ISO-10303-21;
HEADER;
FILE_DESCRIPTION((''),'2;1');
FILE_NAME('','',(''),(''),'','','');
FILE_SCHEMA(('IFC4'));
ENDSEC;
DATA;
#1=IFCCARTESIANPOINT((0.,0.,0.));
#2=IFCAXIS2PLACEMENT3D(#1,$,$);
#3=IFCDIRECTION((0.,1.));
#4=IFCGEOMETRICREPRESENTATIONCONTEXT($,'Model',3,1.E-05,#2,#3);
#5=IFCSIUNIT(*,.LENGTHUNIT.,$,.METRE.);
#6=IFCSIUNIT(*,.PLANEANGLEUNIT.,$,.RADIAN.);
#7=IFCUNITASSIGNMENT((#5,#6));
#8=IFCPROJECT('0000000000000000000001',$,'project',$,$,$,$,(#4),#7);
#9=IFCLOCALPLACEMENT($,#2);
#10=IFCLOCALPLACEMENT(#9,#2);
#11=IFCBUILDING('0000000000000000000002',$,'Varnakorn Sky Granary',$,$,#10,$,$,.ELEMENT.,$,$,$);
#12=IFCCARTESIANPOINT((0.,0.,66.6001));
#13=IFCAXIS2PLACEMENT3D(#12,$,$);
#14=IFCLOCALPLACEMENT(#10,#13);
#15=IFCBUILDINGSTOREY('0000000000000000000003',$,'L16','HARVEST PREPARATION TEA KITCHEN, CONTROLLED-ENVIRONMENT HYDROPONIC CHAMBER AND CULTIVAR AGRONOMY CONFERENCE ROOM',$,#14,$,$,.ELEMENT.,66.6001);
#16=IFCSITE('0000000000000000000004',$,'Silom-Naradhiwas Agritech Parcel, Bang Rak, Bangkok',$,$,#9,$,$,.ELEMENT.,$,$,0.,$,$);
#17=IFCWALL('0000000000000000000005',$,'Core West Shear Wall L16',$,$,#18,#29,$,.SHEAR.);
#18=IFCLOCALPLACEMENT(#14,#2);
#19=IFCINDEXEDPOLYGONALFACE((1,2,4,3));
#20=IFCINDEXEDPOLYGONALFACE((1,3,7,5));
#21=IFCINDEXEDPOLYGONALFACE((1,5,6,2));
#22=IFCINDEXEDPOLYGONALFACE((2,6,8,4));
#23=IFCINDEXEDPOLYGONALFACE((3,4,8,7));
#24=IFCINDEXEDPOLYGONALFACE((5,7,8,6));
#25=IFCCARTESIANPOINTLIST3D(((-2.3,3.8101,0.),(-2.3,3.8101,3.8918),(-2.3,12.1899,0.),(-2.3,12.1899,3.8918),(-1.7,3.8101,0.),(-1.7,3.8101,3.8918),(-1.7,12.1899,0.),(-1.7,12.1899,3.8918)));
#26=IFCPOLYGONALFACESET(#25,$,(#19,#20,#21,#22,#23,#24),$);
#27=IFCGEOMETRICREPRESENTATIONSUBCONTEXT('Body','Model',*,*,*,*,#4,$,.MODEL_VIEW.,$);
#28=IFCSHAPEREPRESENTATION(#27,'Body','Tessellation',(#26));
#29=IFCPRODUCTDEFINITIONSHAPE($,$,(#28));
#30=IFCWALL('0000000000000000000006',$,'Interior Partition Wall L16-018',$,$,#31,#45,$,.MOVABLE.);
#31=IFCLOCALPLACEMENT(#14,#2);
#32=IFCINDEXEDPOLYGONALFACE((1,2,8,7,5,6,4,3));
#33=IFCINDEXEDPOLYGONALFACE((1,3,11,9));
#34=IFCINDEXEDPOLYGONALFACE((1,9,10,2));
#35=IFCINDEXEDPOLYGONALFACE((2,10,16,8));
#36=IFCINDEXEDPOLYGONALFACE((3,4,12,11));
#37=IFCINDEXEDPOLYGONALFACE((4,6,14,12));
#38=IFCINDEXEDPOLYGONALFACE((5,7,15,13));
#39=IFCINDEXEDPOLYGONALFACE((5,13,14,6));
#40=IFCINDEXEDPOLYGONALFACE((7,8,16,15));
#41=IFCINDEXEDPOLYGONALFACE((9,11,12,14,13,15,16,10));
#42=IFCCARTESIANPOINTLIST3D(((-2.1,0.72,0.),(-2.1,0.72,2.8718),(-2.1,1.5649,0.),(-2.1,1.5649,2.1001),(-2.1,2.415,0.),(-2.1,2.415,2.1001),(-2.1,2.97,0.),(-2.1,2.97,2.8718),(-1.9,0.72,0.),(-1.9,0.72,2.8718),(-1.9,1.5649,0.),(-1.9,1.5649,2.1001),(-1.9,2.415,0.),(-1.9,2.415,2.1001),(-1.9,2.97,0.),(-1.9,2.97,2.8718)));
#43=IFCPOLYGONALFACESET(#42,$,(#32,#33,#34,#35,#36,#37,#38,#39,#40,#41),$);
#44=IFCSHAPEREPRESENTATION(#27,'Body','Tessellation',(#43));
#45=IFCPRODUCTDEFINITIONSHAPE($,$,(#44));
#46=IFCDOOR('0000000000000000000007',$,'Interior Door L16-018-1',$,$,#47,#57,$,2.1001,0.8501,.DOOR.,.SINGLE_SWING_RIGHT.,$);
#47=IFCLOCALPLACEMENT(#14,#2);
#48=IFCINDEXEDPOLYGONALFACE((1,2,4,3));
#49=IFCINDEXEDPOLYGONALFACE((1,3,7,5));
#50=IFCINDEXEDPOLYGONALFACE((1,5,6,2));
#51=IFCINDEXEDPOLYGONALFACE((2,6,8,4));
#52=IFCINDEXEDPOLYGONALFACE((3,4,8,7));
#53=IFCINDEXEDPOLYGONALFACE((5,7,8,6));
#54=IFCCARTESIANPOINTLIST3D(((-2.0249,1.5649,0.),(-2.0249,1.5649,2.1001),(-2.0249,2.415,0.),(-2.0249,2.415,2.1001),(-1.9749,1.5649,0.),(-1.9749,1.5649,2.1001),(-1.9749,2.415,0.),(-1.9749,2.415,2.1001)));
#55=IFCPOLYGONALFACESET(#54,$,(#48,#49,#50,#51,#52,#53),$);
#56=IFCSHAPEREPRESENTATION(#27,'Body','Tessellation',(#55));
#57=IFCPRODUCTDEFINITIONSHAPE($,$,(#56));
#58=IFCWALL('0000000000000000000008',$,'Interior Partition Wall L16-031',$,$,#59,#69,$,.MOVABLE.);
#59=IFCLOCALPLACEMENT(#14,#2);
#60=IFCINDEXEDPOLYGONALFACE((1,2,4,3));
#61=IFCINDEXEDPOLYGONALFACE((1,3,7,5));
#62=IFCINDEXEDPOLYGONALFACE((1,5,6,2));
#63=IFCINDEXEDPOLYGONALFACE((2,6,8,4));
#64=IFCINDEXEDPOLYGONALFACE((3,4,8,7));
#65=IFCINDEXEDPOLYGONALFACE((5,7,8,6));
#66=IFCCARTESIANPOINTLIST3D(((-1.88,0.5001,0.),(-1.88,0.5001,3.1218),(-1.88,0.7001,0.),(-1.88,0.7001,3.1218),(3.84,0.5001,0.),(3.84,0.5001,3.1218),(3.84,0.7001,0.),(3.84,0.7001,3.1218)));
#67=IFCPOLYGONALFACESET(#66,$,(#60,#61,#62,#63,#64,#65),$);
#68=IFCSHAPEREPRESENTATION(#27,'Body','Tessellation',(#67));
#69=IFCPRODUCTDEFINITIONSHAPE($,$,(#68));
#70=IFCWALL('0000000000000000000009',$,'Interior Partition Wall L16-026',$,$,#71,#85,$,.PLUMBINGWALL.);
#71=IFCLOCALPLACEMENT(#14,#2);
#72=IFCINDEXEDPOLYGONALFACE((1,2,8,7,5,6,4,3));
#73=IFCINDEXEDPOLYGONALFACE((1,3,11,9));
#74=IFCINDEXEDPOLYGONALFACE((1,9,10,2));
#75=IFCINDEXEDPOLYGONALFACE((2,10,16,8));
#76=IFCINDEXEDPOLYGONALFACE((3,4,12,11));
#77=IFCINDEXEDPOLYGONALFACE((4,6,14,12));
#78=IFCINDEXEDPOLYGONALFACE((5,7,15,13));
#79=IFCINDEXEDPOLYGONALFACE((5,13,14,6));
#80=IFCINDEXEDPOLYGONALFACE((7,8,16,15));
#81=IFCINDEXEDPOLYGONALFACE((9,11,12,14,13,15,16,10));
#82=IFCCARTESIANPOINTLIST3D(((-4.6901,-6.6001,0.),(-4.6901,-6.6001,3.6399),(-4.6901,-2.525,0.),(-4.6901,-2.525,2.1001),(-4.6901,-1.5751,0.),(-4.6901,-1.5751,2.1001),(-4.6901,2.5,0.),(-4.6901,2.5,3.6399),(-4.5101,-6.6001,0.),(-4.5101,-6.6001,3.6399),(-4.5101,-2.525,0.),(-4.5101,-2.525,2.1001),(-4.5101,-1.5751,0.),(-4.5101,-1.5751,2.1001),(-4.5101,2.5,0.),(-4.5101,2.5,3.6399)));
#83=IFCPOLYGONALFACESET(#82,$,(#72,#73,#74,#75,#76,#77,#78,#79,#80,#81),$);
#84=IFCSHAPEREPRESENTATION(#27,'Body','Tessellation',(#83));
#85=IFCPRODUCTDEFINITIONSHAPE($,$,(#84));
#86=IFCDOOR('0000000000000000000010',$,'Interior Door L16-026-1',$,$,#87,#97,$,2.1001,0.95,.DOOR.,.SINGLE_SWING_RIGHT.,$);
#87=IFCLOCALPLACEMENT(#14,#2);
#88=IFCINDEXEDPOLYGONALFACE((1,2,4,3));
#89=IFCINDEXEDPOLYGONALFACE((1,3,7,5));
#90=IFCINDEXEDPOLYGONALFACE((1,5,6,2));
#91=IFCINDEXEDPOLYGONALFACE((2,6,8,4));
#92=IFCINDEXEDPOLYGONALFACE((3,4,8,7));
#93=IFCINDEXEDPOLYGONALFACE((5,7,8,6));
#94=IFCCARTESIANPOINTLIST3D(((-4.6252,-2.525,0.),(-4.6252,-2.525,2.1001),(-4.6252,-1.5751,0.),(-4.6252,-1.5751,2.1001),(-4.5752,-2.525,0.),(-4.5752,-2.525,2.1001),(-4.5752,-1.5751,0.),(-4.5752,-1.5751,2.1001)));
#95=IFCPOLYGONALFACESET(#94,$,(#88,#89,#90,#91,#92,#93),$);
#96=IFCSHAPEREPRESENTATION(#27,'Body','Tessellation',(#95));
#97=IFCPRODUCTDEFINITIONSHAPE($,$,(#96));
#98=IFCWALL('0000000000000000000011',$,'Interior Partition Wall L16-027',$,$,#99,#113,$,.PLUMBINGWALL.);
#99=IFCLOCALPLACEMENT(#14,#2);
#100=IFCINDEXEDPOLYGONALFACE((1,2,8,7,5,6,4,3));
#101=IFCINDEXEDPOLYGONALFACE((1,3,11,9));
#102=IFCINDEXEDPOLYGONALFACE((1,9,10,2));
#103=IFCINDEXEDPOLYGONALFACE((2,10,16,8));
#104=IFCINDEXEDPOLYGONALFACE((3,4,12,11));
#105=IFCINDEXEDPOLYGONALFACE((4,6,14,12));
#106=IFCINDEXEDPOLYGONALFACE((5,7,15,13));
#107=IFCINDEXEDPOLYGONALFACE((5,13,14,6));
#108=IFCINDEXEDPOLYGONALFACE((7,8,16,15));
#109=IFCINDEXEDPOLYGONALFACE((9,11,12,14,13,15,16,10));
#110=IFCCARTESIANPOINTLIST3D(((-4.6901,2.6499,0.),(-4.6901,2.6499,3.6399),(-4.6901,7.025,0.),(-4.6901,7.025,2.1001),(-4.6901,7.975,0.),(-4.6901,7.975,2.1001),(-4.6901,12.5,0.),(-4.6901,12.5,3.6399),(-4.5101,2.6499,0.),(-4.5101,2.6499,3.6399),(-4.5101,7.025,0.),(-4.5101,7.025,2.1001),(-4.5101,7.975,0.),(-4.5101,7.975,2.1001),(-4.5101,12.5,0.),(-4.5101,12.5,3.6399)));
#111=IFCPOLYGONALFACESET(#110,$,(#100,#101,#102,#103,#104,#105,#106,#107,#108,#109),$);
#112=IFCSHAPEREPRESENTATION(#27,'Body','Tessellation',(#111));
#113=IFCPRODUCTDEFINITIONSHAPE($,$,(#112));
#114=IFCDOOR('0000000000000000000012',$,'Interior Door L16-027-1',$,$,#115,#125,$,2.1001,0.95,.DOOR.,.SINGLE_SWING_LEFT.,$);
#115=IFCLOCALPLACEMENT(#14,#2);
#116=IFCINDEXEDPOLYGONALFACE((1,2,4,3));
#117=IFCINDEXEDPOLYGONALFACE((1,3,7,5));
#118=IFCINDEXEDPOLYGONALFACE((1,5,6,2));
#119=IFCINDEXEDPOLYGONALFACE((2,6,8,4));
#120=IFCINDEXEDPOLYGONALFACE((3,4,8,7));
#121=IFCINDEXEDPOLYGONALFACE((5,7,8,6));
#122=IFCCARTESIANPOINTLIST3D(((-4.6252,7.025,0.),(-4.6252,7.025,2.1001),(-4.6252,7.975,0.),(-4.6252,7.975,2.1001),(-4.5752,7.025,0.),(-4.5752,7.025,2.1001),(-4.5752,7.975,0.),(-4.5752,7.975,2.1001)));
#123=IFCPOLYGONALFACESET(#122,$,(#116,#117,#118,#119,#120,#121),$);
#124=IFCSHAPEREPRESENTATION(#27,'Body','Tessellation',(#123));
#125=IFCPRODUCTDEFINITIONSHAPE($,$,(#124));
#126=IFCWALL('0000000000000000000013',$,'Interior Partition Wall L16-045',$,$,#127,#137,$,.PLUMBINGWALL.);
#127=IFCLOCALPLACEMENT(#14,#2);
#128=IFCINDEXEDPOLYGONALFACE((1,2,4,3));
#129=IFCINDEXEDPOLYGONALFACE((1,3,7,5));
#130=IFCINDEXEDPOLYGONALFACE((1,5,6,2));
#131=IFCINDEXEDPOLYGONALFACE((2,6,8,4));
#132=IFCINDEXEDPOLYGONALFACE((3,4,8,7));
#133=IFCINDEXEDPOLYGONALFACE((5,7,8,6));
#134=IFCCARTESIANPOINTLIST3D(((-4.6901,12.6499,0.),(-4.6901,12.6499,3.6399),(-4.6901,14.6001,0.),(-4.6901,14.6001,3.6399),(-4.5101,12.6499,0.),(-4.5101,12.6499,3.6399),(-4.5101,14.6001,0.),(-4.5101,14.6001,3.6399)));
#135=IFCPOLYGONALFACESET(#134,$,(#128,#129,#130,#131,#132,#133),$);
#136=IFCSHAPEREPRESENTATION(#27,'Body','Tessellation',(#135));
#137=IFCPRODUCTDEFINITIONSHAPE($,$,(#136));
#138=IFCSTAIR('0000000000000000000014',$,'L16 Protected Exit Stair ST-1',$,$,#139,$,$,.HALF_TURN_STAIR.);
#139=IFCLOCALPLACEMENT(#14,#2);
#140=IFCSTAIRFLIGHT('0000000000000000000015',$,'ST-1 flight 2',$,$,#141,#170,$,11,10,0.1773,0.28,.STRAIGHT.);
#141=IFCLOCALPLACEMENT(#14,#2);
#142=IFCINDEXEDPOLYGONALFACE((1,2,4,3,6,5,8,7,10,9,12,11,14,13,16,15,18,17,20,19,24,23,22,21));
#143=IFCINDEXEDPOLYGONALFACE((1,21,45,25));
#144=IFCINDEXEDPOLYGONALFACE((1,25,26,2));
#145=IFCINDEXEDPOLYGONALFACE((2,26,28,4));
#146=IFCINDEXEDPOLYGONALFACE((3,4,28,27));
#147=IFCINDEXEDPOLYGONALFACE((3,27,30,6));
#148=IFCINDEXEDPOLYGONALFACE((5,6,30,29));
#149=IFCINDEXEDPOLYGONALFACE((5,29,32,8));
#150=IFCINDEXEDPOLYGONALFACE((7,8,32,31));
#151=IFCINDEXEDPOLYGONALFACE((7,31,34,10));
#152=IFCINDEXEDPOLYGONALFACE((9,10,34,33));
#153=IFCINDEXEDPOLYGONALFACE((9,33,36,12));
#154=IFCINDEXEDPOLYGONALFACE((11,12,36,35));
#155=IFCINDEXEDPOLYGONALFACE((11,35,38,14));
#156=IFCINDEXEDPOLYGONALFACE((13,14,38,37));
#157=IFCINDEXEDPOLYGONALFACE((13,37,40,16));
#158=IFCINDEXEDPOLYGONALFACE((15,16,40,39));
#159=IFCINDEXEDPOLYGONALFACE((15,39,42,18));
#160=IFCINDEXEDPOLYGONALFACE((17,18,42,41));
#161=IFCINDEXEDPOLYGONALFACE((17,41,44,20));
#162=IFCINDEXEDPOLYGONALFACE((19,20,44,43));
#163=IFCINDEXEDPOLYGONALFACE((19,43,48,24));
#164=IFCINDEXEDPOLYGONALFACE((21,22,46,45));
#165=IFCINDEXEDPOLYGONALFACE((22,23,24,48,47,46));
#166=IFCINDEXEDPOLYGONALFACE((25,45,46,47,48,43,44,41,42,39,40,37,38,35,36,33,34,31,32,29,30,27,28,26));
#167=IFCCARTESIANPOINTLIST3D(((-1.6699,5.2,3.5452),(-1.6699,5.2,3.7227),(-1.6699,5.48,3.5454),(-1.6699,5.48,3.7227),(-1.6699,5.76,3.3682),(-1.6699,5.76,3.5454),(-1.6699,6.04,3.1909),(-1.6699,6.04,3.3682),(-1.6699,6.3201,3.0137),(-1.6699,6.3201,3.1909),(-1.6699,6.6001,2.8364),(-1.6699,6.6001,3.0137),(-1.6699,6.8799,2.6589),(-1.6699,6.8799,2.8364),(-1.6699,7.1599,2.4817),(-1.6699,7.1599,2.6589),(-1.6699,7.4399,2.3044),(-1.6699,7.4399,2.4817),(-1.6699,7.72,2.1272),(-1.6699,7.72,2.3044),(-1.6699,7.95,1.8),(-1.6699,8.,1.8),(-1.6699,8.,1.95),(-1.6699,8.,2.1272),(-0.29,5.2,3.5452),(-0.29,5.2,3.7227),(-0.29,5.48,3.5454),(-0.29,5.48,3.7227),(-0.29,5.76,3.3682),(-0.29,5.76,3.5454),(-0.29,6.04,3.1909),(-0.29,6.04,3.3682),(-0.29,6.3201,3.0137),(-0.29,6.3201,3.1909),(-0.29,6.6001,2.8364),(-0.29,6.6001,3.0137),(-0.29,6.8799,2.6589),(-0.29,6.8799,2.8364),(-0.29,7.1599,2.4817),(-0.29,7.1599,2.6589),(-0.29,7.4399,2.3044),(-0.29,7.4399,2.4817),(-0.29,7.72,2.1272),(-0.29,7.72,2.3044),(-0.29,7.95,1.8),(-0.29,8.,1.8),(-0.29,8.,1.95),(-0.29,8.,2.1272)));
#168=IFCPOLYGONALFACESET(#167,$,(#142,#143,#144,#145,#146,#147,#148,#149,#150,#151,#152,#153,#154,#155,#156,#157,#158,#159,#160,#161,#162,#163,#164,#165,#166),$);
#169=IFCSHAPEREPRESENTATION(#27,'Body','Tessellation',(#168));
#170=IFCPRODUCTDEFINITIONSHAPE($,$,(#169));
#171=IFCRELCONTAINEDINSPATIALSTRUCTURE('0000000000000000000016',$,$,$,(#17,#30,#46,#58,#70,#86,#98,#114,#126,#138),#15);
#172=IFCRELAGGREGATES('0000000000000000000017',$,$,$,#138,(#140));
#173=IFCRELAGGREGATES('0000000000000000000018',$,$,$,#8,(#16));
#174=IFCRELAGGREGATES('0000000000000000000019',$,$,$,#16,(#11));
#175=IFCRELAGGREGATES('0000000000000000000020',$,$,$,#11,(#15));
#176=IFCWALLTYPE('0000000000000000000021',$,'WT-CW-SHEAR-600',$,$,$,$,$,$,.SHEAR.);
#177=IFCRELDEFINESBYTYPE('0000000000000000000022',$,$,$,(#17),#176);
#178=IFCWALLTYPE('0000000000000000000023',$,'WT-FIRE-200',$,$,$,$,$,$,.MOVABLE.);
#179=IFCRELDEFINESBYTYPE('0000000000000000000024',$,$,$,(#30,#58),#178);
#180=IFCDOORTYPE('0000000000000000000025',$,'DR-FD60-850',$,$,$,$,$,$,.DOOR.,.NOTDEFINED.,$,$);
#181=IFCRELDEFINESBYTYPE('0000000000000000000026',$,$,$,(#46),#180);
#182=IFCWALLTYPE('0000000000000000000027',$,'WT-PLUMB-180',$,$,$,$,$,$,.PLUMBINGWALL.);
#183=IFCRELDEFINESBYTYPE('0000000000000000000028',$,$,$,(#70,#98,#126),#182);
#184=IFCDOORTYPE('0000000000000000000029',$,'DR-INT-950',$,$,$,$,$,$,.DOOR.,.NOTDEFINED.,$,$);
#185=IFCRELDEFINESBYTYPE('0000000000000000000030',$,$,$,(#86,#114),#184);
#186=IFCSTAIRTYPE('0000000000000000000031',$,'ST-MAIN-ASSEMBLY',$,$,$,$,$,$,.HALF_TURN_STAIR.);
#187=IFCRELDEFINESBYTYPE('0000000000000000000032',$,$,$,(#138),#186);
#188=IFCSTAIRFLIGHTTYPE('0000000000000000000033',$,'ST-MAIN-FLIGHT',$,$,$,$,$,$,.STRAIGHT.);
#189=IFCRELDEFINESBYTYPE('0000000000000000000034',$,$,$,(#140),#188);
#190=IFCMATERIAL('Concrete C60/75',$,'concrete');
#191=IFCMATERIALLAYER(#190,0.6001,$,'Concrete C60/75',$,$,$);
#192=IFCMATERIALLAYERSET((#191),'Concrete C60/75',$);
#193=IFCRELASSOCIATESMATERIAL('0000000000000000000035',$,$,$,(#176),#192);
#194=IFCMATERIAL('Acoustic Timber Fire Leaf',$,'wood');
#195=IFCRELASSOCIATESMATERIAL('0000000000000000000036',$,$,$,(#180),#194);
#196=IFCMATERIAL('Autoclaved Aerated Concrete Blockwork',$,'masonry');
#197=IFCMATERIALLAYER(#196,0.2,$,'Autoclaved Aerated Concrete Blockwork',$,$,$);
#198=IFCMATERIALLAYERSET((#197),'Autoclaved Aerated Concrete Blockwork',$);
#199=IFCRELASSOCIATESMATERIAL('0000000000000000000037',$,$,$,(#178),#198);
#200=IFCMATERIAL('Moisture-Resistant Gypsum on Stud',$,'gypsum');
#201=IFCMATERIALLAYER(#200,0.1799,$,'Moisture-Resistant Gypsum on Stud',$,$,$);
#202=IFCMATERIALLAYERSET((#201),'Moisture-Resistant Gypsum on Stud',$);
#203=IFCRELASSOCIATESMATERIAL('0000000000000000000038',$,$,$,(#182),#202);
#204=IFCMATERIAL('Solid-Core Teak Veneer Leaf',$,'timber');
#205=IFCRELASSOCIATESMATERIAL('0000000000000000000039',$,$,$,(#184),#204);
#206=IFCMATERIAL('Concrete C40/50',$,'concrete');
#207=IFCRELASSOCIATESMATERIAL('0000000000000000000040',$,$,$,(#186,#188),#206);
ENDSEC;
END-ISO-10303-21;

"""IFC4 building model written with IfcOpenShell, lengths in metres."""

from ifc_helpers import new_model, si_unit, direction, frame, frame_2d, origin, place, context, subcontext, project, spatial, polyline, rectangle, outline, extrude, material, layer, layer_set, type_object, element, fill, aggregate, save


model = new_model("IFC4")

# Units and contexts
model_context = context("Model", 3, precision=1e-05, world=origin(), true_north=direction((0.0, 1.0)))
body_context = subcontext(model_context, "Body", "Model", "MODEL_VIEW")
ifc_project = project(units=[si_unit("LENGTHUNIT", "METRE"), si_unit("PLANEANGLEUNIT", "RADIAN")], contexts=[model_context])

# Site, building, storey
site_placement = place(None, origin())
site = spatial("IfcSite", under=ifc_project, at=site_placement, Name="Silom-Naradhiwas Agritech Parcel, Bang Rak, Bangkok", CompositionType="ELEMENT", RefElevation=0.0)
building_placement = place(site_placement, origin())
building = spatial("IfcBuilding", under=site, at=building_placement, Name="Varnakorn Sky Granary", CompositionType="ELEMENT")
storey_placement = place(building_placement, frame((0.0, 0.0, 66.6001)))
storey = spatial("IfcBuildingStorey", under=building, at=storey_placement, Name="L16", Description="HARVEST PREPARATION TEA KITCHEN, CONTROLLED-ENVIRONMENT HYDROPONIC CHAMBER AND CULTIVAR AGRONOMY CONFERENCE ROOM", CompositionType="ELEMENT", Elevation=66.6001)

# Shared definitions
ifc_material_1 = material(Name="Concrete C60/75", Category="concrete")

# Shared definitions
ifc_layer_1 = layer(ifc_material_1, 0.6001, Name="Concrete C60/75")
ifc_layer_set_1 = layer_set([ifc_layer_1], Name="Concrete C60/75")
wall_type_1 = type_object("IfcWallType", Name="WT-CW-SHEAR-600", PredefinedType="SHEAR", material=ifc_layer_set_1)

# Shared definitions
ifc_material_2 = material(Name="Acoustic Timber Fire Leaf", Category="wood")
door_type_1 = type_object("IfcDoorType", Name="DR-FD60-850", OperationType="NOTDEFINED", PredefinedType="DOOR", material=ifc_material_2)

# Wall
wall_1_placement = place(storey_placement, frame((-2.0, 3.8101, 0.0), z_axis=(0.0, 0.0, 1.0), x_axis=(0.0, 1.0, 0.0)))
element("IfcWall", 1, at=wall_1_placement, inside=storey, type_object=wall_type_1, Name="Core West Shear Wall L16", PredefinedType="SHEAR", context=body_context, shape_type="SweptSolid", body=[
    extrude(rectangle(XDim=8.3799, YDim=0.6001, at=frame_2d((4.1899, 0.0))), origin(), (0.0, 0.0, 1.0), 3.8918),
])

# Wall, opening, door
ifc_material_3 = material(Name="Autoclaved Aerated Concrete Blockwork", Category="masonry")
ifc_layer_2 = layer(ifc_material_3, 0.2, Name="Autoclaved Aerated Concrete Blockwork")
ifc_layer_set_2 = layer_set([ifc_layer_2], Name="Autoclaved Aerated Concrete Blockwork")
wall_type_2 = type_object("IfcWallType", Name="WT-FIRE-200", PredefinedType="MOVABLE", material=ifc_layer_set_2)
wall_2_placement = place(storey_placement, frame((-2.0, 0.72, 0.0), z_axis=(0.0, 0.0, 1.0), x_axis=(0.0, 1.0, 0.0)))
wall_2 = element("IfcWall", 2, at=wall_2_placement, inside=storey, type_object=wall_type_2, Name="Interior Partition Wall L16-018", PredefinedType="MOVABLE", context=body_context, shape_type="SweptSolid", body=[
    extrude(rectangle(XDim=2.25, YDim=0.2, at=frame_2d((1.125, 0.0))), origin(), (0.0, 0.0, 1.0), 2.8718),
])
opening_1_placement = place(wall_2_placement, frame((0.845, 0.0, 0.0)))
opening_1 = element("IfcOpeningElement", 3, at=opening_1_placement, cuts=wall_2, PredefinedType="OPENING", context=body_context, shape_type="SweptSolid", body=[
    extrude(rectangle(XDim=0.8501, YDim=2.1001, at=frame_2d((0.425, 1.05))), frame((0.0, 0.1099, 0.0), z_axis=(0.0, -1.0, 0.0), x_axis=(1.0, 0.0, 0.0)), (0.0, 0.0, 1.0), 0.22),
])
door_1_placement = place(opening_1_placement, origin())
door_1 = element("IfcDoor", 4, at=door_1_placement, inside=storey, type_object=door_type_1, Name="Interior Door L16-018-1", OperationType="SINGLE_SWING_RIGHT", OverallHeight=2.1001, OverallWidth=0.8501, PredefinedType="DOOR", context=body_context, shape_type="SweptSolid", body=[
    extrude(rectangle(XDim=0.8501, YDim=2.1001, at=frame_2d((0.425, 1.05))), frame((0.0, 0.0249, 0.0), z_axis=(0.0, -1.0, 0.0), x_axis=(1.0, 0.0, 0.0)), (0.0, 0.0, 1.0), 0.05),
])
fill(opening_1, door_1)

# Wall
wall_3_placement = place(storey_placement, frame((-1.8799, 0.6001, 0.0), z_axis=(0.0, 0.0, 1.0), x_axis=(1.0, 0.0, 0.0)))
element("IfcWall", 5, at=wall_3_placement, inside=storey, type_object=wall_type_2, Name="Interior Partition Wall L16-031", PredefinedType="MOVABLE", context=body_context, shape_type="SweptSolid", body=[
    extrude(rectangle(XDim=5.72, YDim=0.2, at=frame_2d((2.8599, 0.0))), origin(), (0.0, 0.0, 1.0), 3.1218),
])

# Walls, openings, doors
ifc_material_4 = material(Name="Moisture-Resistant Gypsum on Stud", Category="gypsum")
ifc_layer_3 = layer(ifc_material_4, 0.1799, Name="Moisture-Resistant Gypsum on Stud")
ifc_layer_set_3 = layer_set([ifc_layer_3], Name="Moisture-Resistant Gypsum on Stud")
wall_type_3 = type_object("IfcWallType", Name="WT-PLUMB-180", PredefinedType="PLUMBINGWALL", material=ifc_layer_set_3)
wall_4_placement = place(storey_placement, frame((-4.6001, 2.5, 0.0), z_axis=(0.0, 0.0, 1.0), x_axis=(0.0, -1.0, 0.0)))
wall_4 = element("IfcWall", 6, at=wall_4_placement, inside=storey, type_object=wall_type_3, Name="Interior Partition Wall L16-026", PredefinedType="PLUMBINGWALL", context=body_context, shape_type="SweptSolid", body=[
    extrude(rectangle(XDim=9.1001, YDim=0.1799, at=frame_2d((4.55, 0.0))), origin(), (0.0, 0.0, 1.0), 3.6399),
])
opening_2_placement = place(wall_4_placement, frame((4.075, 0.0, 0.0)))
opening_2 = element("IfcOpeningElement", 7, at=opening_2_placement, cuts=wall_4, PredefinedType="OPENING", context=body_context, shape_type="SweptSolid", body=[
    extrude(rectangle(XDim=0.95, YDim=2.1001, at=frame_2d((0.4751, 1.05))), frame((0.0, 0.1001, 0.0), z_axis=(0.0, -1.0, 0.0), x_axis=(1.0, 0.0, 0.0)), (0.0, 0.0, 1.0), 0.2),
])
ifc_material_5 = material(Name="Solid-Core Teak Veneer Leaf", Category="timber")
door_type_2 = type_object("IfcDoorType", Name="DR-INT-950", OperationType="NOTDEFINED", PredefinedType="DOOR", material=ifc_material_5)
door_2_placement = place(opening_2_placement, origin())
door_2 = element("IfcDoor", 8, at=door_2_placement, inside=storey, type_object=door_type_2, Name="Interior Door L16-026-1", OperationType="SINGLE_SWING_RIGHT", OverallHeight=2.1001, OverallWidth=0.95, PredefinedType="DOOR", context=body_context, shape_type="SweptSolid", body=[
    extrude(rectangle(XDim=0.95, YDim=2.1001, at=frame_2d((0.4751, 1.05))), frame((0.0, 0.0249, 0.0), z_axis=(0.0, -1.0, 0.0), x_axis=(1.0, 0.0, 0.0)), (0.0, 0.0, 1.0), 0.05),
])
fill(opening_2, door_2)
wall_5_placement = place(storey_placement, frame((-4.6001, 12.5, 0.0), z_axis=(0.0, 0.0, 1.0), x_axis=(0.0, -1.0, 0.0)))
wall_5 = element("IfcWall", 9, at=wall_5_placement, inside=storey, type_object=wall_type_3, Name="Interior Partition Wall L16-027", PredefinedType="PLUMBINGWALL", context=body_context, shape_type="SweptSolid", body=[
    extrude(rectangle(XDim=9.8501, YDim=0.1799, at=frame_2d((4.925, 0.0))), origin(), (0.0, 0.0, 1.0), 3.6399),
])
opening_3_placement = place(wall_5_placement, frame((4.5249, 0.0, 0.0)))
opening_3 = element("IfcOpeningElement", 10, at=opening_3_placement, cuts=wall_5, PredefinedType="OPENING", context=body_context, shape_type="SweptSolid", body=[
    extrude(rectangle(XDim=0.95, YDim=2.1001, at=frame_2d((0.4751, 1.05))), frame((0.0, 0.1001, 0.0), z_axis=(0.0, -1.0, 0.0), x_axis=(1.0, 0.0, 0.0)), (0.0, 0.0, 1.0), 0.2),
])
door_3_placement = place(opening_3_placement, origin())
door_3 = element("IfcDoor", 11, at=door_3_placement, inside=storey, type_object=door_type_2, Name="Interior Door L16-027-1", OperationType="SINGLE_SWING_LEFT", OverallHeight=2.1001, OverallWidth=0.95, PredefinedType="DOOR", context=body_context, shape_type="SweptSolid", body=[
    extrude(rectangle(XDim=0.95, YDim=2.1001, at=frame_2d((0.4751, 1.05))), frame((0.0, 0.0249, 0.0), z_axis=(0.0, -1.0, 0.0), x_axis=(1.0, 0.0, 0.0)), (0.0, 0.0, 1.0), 0.05),
])
fill(opening_3, door_3)

# Wall
wall_6_placement = place(storey_placement, frame((-4.6001, 14.6001, 0.0), z_axis=(0.0, 0.0, 1.0), x_axis=(0.0, -1.0, 0.0)))
element("IfcWall", 12, at=wall_6_placement, inside=storey, type_object=wall_type_3, Name="Interior Partition Wall L16-045", PredefinedType="PLUMBINGWALL", context=body_context, shape_type="SweptSolid", body=[
    extrude(rectangle(XDim=1.9502, YDim=0.1799, at=frame_2d((0.9751, 0.0))), origin(), (0.0, 0.0, 1.0), 3.6399),
])

# Stair, stair flight
ifc_material_6 = material(Name="Concrete C40/50", Category="concrete")
stair_type = type_object("IfcStairType", Name="ST-MAIN-ASSEMBLY", PredefinedType="HALF_TURN_STAIR", material=ifc_material_6)
stair_placement = place(storey_placement, origin())
stair = element("IfcStair", 13, at=stair_placement, inside=storey, type_object=stair_type, Name="L16 Protected Exit Stair ST-1", PredefinedType="HALF_TURN_STAIR")
stair_flight_type = type_object("IfcStairFlightType", Name="ST-MAIN-FLIGHT", PredefinedType="STRAIGHT", material=ifc_material_6)
stair_flight_placement = place(storey_placement, frame((-0.98, 8.0, 1.95), z_axis=(0.0, 0.0, 1.0), x_axis=(0.0, -1.0, 0.0)))
stair_flight = element("IfcStairFlight", 14, at=stair_flight_placement, type_object=stair_flight_type, Name="ST-1 flight 2", NumberOfRisers=11, NumberOfTreads=10, PredefinedType="STRAIGHT", RiserHeight=0.1773, TreadLength=0.28, context=body_context, shape_type="SweptSolid", body=[
    extrude(outline(polyline([(0.0, -0.1499), (0.0, 0.0), (0.0, 0.1772), (0.28, 0.1772), (0.28, 0.3545), (0.5601, 0.3545), (0.5601, 0.5317), (0.8401, 0.5317), (0.8401, 0.709), (1.1201, 0.709), (1.1201, 0.8865), (1.3999, 0.8865), (1.3999, 1.0637), (1.6799, 1.0637), (1.6799, 1.241), (1.96, 1.241), (1.96, 1.4182), (2.24, 1.4182), (2.24, 1.5955), (2.52, 1.5955), (2.52, 1.7727), (2.8, 1.7727), (2.8, 1.95), (2.8, 1.5952), (0.05, -0.1499), (0.0, -0.1499)])), frame((0.0, 0.6899, 0.0), z_axis=(0.0, -1.0, 0.0), x_axis=(1.0, 0.0, 0.0)), (0.0, 0.0, 1.0), 1.3799),
])
aggregate(stair, [stair_flight])

save(model, "model.ifc")
